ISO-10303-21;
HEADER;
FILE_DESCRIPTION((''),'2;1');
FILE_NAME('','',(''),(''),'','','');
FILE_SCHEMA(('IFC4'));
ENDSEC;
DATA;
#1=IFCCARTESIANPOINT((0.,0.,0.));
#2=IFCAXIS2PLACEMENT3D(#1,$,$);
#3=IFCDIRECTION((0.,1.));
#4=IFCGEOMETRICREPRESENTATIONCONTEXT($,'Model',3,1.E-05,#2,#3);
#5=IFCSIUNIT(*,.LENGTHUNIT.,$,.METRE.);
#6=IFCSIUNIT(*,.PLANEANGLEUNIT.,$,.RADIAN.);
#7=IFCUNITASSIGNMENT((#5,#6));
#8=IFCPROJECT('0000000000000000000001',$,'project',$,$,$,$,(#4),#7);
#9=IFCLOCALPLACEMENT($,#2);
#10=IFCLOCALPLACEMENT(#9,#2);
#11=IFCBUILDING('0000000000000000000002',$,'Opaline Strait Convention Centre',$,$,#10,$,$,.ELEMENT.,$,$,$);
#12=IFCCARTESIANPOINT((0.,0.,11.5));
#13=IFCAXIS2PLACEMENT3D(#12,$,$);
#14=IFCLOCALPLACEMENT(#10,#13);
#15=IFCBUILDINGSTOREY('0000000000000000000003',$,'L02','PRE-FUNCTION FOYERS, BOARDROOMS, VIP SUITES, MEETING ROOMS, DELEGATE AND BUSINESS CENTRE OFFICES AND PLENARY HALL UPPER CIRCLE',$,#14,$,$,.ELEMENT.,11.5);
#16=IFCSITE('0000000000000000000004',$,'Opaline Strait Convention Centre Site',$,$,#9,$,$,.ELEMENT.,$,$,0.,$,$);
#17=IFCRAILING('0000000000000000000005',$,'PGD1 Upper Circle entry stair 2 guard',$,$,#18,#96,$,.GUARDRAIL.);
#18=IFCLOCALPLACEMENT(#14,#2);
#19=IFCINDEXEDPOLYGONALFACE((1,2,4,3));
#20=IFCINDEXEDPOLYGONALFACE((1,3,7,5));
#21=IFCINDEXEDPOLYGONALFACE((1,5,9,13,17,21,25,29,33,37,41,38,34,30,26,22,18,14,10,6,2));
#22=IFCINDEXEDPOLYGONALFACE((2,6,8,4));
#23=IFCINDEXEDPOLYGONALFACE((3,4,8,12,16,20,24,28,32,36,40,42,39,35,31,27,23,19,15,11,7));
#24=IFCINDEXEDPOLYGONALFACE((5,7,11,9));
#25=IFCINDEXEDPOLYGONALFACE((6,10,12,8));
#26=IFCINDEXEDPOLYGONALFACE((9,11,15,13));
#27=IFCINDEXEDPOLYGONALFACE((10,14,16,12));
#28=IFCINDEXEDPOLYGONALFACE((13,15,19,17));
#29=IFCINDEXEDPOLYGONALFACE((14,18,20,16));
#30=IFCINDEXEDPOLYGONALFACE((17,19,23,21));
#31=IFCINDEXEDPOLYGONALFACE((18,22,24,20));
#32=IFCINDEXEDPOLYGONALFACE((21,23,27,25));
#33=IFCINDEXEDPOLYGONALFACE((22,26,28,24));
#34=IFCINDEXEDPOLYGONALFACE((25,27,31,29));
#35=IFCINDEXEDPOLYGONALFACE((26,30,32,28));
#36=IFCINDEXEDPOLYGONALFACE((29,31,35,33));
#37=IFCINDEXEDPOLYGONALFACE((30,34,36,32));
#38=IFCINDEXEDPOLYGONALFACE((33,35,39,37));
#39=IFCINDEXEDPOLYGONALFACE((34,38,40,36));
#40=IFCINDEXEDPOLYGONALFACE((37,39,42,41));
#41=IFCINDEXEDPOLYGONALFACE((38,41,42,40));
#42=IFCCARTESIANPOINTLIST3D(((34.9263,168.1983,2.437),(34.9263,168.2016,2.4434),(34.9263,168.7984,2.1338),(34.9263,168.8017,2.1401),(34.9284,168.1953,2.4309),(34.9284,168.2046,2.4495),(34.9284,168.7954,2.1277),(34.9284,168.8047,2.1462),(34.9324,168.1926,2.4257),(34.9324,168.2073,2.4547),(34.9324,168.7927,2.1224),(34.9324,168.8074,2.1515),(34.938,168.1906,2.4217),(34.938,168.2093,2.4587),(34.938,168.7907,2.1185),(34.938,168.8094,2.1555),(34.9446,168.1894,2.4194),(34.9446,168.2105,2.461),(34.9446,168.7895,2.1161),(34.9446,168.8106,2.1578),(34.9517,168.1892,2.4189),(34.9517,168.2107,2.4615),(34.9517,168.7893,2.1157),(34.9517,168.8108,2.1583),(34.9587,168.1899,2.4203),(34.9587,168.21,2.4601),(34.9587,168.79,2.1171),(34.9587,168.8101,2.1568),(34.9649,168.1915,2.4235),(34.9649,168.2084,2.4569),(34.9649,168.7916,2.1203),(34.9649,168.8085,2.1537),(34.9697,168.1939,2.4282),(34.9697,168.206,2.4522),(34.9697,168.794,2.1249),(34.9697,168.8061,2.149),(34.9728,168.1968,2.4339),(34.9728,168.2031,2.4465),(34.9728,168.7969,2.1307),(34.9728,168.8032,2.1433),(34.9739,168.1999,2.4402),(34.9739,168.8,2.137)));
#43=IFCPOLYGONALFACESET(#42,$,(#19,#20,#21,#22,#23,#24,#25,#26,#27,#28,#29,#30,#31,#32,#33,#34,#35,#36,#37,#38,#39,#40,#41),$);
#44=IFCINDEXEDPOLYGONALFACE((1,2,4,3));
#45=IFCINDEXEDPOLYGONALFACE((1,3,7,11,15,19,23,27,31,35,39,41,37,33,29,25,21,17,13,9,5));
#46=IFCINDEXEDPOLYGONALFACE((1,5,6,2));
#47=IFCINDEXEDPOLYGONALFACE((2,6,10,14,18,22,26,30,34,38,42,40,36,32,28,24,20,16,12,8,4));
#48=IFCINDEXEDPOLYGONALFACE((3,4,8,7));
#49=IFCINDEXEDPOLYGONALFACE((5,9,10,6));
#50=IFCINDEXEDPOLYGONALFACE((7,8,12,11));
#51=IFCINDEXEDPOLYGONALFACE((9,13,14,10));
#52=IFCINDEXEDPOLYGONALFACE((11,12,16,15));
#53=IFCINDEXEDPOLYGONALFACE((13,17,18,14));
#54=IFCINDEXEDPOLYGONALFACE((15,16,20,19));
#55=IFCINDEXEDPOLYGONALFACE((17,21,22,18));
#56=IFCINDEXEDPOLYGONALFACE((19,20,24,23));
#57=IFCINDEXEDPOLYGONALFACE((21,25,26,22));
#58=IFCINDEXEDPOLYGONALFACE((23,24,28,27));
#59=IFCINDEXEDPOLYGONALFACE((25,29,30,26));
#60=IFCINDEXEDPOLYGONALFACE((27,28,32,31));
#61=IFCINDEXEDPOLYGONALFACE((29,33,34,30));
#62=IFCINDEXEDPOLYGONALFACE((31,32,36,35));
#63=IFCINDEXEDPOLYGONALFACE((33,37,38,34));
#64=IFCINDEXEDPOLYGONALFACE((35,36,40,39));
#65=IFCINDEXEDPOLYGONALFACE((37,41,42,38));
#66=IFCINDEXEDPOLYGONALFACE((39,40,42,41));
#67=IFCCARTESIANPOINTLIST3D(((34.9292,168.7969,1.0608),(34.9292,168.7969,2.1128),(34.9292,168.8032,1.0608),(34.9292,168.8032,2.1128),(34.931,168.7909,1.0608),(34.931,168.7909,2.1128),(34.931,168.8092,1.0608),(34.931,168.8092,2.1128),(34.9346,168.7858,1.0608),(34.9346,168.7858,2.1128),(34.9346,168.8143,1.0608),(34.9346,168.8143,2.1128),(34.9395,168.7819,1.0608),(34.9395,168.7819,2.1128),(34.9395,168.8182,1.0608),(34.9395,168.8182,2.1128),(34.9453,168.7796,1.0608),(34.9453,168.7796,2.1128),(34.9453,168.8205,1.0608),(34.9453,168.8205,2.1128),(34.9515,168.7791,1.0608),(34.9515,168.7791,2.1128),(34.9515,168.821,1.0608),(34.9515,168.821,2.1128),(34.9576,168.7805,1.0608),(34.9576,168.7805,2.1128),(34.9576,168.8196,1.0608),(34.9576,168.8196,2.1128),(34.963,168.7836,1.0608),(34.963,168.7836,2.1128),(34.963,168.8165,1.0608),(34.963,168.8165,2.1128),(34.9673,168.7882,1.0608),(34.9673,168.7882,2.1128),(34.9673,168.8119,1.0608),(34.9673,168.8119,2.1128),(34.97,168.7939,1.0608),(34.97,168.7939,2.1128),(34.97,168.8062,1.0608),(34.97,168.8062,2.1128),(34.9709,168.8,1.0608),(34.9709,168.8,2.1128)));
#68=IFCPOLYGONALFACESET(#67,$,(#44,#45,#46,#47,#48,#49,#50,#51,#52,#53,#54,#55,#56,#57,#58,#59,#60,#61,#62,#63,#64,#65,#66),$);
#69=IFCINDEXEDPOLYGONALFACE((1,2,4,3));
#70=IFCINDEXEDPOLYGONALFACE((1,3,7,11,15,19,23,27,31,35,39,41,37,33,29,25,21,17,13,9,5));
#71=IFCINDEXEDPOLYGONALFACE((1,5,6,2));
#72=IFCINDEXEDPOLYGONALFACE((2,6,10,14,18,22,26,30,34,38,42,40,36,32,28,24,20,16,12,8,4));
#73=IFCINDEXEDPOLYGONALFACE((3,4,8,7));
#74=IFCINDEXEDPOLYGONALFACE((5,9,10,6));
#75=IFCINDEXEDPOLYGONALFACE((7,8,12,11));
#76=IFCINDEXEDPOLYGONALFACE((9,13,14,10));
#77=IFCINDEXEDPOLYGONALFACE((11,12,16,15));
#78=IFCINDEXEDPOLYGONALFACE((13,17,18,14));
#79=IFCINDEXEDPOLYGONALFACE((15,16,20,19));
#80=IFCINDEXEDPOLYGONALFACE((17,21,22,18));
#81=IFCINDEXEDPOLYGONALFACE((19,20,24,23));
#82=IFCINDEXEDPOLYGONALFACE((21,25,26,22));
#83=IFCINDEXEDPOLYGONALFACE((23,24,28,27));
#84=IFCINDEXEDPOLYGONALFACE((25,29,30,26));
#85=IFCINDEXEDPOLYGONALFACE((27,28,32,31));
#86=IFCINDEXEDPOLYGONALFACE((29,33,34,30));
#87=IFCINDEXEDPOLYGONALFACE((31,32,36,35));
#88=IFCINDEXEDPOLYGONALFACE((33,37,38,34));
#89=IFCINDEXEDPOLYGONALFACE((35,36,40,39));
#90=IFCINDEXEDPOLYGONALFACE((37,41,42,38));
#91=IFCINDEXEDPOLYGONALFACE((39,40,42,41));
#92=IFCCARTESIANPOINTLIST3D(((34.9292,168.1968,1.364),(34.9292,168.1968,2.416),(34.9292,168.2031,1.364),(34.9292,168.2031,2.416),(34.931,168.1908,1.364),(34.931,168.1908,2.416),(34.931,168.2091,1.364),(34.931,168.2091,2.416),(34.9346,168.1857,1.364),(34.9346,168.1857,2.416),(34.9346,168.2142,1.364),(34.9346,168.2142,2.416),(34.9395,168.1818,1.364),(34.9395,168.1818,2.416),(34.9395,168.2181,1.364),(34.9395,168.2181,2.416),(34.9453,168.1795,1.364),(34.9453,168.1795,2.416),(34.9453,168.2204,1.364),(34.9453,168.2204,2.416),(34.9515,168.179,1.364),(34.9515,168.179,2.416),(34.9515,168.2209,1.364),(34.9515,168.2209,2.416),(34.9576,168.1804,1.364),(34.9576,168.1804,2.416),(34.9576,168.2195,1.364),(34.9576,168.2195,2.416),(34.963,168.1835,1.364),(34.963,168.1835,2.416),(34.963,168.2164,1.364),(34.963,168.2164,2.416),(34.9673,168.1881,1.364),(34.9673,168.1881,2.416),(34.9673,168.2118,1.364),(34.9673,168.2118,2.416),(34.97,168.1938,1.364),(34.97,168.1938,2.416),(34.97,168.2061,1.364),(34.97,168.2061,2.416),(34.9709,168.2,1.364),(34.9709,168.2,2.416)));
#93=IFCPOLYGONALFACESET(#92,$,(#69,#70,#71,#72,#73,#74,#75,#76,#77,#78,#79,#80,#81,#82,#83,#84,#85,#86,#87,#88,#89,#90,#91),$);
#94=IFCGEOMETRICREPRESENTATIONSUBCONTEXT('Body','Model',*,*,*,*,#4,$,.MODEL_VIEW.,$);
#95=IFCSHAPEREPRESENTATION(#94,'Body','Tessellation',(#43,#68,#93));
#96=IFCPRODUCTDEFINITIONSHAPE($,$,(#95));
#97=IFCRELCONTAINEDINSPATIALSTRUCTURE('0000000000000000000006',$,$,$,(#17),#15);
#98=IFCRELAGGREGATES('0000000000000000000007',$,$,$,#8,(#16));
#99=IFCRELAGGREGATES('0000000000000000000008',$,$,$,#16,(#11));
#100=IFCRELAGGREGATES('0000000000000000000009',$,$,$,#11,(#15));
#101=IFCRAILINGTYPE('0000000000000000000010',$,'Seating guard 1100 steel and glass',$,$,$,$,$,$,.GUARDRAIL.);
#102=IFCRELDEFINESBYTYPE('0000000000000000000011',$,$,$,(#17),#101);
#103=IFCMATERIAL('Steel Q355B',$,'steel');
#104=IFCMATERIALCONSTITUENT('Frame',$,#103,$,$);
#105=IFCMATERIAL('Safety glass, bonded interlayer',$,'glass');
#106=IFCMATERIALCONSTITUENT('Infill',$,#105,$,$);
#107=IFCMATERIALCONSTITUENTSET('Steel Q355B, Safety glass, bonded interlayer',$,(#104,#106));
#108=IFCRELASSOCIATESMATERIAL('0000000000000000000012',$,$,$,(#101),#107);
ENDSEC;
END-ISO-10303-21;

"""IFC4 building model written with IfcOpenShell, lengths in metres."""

from ifc_helpers import new_model, si_unit, direction, frame, origin, origin_2d, place, context, subcontext, project, spatial, circle, extrude, material, constituent, constituent_set, type_object, element, save


model = new_model("IFC4")

# Units and contexts
model_context = context("Model", 3, precision=1e-05, world=origin(), true_north=direction((0.0, 1.0)))
body_context = subcontext(model_context, "Body", "Model", "MODEL_VIEW")
ifc_project = project(units=[si_unit("LENGTHUNIT", "METRE"), si_unit("PLANEANGLEUNIT", "RADIAN")], contexts=[model_context])

# Site, building, storey
site_placement = place(None, origin())
site = spatial("IfcSite", under=ifc_project, at=site_placement, Name="Opaline Strait Convention Centre Site", CompositionType="ELEMENT", RefElevation=0.0)
building_placement = place(site_placement, origin())
building = spatial("IfcBuilding", under=site, at=building_placement, Name="Opaline Strait Convention Centre", CompositionType="ELEMENT")
storey_placement = place(building_placement, frame((0.0, 0.0, 11.5)))
storey = spatial("IfcBuildingStorey", under=building, at=storey_placement, Name="L02", Description="PRE-FUNCTION FOYERS, BOARDROOMS, VIP SUITES, MEETING ROOMS, DELEGATE AND BUSINESS CENTRE OFFICES AND PLENARY HALL UPPER CIRCLE", CompositionType="ELEMENT", Elevation=11.5)

# Shared definitions
ifc_material_1 = material(Name="Steel Q355B", Category="steel")

# Railing
ifc_constituent_1 = constituent(ifc_material_1, Name="Frame")
ifc_material_2 = material(Name="Safety glass, bonded interlayer", Category="glass")
ifc_constituent_2 = constituent(ifc_material_2, Name="Infill")
ifc_constituent_set = constituent_set(constituents=[ifc_constituent_1, ifc_constituent_2], Name="Steel Q355B, Safety glass, bonded interlayer")
railing_type = type_object("IfcRailingType", Name="Seating guard 1100 steel and glass", PredefinedType="GUARDRAIL", material=ifc_constituent_set)
for number, where, name in (
    (1, (34.95, 168.8, 1.0608), "PGD1 Upper Circle entry stair 2 guard"),
):
    element("IfcRailing", number, at=place(storey_placement, frame(where)), inside=storey, type_object=railing_type, Name=name, PredefinedType="GUARDRAIL", context=body_context, shape_type="SweptSolid", body=[
        extrude(circle(Radius=0.0239, at=origin_2d()), frame((0.0, 0.0, 1.0762), z_axis=(0.0, -0.892531, 0.450986), x_axis=(1.0, 0.0, 0.0)), (0.0, 0.0, 1.0), 0.6724),
        extrude(circle(Radius=0.021, at=origin_2d()), origin(), (0.0, 0.0, 1.0), 1.052),
        extrude(circle(Radius=0.021, at=origin_2d()), frame((0.0, -0.6001, 0.3032)), (0.0, 0.0, 1.0), 1.052),
    ])

save(model, "model.ifc")
